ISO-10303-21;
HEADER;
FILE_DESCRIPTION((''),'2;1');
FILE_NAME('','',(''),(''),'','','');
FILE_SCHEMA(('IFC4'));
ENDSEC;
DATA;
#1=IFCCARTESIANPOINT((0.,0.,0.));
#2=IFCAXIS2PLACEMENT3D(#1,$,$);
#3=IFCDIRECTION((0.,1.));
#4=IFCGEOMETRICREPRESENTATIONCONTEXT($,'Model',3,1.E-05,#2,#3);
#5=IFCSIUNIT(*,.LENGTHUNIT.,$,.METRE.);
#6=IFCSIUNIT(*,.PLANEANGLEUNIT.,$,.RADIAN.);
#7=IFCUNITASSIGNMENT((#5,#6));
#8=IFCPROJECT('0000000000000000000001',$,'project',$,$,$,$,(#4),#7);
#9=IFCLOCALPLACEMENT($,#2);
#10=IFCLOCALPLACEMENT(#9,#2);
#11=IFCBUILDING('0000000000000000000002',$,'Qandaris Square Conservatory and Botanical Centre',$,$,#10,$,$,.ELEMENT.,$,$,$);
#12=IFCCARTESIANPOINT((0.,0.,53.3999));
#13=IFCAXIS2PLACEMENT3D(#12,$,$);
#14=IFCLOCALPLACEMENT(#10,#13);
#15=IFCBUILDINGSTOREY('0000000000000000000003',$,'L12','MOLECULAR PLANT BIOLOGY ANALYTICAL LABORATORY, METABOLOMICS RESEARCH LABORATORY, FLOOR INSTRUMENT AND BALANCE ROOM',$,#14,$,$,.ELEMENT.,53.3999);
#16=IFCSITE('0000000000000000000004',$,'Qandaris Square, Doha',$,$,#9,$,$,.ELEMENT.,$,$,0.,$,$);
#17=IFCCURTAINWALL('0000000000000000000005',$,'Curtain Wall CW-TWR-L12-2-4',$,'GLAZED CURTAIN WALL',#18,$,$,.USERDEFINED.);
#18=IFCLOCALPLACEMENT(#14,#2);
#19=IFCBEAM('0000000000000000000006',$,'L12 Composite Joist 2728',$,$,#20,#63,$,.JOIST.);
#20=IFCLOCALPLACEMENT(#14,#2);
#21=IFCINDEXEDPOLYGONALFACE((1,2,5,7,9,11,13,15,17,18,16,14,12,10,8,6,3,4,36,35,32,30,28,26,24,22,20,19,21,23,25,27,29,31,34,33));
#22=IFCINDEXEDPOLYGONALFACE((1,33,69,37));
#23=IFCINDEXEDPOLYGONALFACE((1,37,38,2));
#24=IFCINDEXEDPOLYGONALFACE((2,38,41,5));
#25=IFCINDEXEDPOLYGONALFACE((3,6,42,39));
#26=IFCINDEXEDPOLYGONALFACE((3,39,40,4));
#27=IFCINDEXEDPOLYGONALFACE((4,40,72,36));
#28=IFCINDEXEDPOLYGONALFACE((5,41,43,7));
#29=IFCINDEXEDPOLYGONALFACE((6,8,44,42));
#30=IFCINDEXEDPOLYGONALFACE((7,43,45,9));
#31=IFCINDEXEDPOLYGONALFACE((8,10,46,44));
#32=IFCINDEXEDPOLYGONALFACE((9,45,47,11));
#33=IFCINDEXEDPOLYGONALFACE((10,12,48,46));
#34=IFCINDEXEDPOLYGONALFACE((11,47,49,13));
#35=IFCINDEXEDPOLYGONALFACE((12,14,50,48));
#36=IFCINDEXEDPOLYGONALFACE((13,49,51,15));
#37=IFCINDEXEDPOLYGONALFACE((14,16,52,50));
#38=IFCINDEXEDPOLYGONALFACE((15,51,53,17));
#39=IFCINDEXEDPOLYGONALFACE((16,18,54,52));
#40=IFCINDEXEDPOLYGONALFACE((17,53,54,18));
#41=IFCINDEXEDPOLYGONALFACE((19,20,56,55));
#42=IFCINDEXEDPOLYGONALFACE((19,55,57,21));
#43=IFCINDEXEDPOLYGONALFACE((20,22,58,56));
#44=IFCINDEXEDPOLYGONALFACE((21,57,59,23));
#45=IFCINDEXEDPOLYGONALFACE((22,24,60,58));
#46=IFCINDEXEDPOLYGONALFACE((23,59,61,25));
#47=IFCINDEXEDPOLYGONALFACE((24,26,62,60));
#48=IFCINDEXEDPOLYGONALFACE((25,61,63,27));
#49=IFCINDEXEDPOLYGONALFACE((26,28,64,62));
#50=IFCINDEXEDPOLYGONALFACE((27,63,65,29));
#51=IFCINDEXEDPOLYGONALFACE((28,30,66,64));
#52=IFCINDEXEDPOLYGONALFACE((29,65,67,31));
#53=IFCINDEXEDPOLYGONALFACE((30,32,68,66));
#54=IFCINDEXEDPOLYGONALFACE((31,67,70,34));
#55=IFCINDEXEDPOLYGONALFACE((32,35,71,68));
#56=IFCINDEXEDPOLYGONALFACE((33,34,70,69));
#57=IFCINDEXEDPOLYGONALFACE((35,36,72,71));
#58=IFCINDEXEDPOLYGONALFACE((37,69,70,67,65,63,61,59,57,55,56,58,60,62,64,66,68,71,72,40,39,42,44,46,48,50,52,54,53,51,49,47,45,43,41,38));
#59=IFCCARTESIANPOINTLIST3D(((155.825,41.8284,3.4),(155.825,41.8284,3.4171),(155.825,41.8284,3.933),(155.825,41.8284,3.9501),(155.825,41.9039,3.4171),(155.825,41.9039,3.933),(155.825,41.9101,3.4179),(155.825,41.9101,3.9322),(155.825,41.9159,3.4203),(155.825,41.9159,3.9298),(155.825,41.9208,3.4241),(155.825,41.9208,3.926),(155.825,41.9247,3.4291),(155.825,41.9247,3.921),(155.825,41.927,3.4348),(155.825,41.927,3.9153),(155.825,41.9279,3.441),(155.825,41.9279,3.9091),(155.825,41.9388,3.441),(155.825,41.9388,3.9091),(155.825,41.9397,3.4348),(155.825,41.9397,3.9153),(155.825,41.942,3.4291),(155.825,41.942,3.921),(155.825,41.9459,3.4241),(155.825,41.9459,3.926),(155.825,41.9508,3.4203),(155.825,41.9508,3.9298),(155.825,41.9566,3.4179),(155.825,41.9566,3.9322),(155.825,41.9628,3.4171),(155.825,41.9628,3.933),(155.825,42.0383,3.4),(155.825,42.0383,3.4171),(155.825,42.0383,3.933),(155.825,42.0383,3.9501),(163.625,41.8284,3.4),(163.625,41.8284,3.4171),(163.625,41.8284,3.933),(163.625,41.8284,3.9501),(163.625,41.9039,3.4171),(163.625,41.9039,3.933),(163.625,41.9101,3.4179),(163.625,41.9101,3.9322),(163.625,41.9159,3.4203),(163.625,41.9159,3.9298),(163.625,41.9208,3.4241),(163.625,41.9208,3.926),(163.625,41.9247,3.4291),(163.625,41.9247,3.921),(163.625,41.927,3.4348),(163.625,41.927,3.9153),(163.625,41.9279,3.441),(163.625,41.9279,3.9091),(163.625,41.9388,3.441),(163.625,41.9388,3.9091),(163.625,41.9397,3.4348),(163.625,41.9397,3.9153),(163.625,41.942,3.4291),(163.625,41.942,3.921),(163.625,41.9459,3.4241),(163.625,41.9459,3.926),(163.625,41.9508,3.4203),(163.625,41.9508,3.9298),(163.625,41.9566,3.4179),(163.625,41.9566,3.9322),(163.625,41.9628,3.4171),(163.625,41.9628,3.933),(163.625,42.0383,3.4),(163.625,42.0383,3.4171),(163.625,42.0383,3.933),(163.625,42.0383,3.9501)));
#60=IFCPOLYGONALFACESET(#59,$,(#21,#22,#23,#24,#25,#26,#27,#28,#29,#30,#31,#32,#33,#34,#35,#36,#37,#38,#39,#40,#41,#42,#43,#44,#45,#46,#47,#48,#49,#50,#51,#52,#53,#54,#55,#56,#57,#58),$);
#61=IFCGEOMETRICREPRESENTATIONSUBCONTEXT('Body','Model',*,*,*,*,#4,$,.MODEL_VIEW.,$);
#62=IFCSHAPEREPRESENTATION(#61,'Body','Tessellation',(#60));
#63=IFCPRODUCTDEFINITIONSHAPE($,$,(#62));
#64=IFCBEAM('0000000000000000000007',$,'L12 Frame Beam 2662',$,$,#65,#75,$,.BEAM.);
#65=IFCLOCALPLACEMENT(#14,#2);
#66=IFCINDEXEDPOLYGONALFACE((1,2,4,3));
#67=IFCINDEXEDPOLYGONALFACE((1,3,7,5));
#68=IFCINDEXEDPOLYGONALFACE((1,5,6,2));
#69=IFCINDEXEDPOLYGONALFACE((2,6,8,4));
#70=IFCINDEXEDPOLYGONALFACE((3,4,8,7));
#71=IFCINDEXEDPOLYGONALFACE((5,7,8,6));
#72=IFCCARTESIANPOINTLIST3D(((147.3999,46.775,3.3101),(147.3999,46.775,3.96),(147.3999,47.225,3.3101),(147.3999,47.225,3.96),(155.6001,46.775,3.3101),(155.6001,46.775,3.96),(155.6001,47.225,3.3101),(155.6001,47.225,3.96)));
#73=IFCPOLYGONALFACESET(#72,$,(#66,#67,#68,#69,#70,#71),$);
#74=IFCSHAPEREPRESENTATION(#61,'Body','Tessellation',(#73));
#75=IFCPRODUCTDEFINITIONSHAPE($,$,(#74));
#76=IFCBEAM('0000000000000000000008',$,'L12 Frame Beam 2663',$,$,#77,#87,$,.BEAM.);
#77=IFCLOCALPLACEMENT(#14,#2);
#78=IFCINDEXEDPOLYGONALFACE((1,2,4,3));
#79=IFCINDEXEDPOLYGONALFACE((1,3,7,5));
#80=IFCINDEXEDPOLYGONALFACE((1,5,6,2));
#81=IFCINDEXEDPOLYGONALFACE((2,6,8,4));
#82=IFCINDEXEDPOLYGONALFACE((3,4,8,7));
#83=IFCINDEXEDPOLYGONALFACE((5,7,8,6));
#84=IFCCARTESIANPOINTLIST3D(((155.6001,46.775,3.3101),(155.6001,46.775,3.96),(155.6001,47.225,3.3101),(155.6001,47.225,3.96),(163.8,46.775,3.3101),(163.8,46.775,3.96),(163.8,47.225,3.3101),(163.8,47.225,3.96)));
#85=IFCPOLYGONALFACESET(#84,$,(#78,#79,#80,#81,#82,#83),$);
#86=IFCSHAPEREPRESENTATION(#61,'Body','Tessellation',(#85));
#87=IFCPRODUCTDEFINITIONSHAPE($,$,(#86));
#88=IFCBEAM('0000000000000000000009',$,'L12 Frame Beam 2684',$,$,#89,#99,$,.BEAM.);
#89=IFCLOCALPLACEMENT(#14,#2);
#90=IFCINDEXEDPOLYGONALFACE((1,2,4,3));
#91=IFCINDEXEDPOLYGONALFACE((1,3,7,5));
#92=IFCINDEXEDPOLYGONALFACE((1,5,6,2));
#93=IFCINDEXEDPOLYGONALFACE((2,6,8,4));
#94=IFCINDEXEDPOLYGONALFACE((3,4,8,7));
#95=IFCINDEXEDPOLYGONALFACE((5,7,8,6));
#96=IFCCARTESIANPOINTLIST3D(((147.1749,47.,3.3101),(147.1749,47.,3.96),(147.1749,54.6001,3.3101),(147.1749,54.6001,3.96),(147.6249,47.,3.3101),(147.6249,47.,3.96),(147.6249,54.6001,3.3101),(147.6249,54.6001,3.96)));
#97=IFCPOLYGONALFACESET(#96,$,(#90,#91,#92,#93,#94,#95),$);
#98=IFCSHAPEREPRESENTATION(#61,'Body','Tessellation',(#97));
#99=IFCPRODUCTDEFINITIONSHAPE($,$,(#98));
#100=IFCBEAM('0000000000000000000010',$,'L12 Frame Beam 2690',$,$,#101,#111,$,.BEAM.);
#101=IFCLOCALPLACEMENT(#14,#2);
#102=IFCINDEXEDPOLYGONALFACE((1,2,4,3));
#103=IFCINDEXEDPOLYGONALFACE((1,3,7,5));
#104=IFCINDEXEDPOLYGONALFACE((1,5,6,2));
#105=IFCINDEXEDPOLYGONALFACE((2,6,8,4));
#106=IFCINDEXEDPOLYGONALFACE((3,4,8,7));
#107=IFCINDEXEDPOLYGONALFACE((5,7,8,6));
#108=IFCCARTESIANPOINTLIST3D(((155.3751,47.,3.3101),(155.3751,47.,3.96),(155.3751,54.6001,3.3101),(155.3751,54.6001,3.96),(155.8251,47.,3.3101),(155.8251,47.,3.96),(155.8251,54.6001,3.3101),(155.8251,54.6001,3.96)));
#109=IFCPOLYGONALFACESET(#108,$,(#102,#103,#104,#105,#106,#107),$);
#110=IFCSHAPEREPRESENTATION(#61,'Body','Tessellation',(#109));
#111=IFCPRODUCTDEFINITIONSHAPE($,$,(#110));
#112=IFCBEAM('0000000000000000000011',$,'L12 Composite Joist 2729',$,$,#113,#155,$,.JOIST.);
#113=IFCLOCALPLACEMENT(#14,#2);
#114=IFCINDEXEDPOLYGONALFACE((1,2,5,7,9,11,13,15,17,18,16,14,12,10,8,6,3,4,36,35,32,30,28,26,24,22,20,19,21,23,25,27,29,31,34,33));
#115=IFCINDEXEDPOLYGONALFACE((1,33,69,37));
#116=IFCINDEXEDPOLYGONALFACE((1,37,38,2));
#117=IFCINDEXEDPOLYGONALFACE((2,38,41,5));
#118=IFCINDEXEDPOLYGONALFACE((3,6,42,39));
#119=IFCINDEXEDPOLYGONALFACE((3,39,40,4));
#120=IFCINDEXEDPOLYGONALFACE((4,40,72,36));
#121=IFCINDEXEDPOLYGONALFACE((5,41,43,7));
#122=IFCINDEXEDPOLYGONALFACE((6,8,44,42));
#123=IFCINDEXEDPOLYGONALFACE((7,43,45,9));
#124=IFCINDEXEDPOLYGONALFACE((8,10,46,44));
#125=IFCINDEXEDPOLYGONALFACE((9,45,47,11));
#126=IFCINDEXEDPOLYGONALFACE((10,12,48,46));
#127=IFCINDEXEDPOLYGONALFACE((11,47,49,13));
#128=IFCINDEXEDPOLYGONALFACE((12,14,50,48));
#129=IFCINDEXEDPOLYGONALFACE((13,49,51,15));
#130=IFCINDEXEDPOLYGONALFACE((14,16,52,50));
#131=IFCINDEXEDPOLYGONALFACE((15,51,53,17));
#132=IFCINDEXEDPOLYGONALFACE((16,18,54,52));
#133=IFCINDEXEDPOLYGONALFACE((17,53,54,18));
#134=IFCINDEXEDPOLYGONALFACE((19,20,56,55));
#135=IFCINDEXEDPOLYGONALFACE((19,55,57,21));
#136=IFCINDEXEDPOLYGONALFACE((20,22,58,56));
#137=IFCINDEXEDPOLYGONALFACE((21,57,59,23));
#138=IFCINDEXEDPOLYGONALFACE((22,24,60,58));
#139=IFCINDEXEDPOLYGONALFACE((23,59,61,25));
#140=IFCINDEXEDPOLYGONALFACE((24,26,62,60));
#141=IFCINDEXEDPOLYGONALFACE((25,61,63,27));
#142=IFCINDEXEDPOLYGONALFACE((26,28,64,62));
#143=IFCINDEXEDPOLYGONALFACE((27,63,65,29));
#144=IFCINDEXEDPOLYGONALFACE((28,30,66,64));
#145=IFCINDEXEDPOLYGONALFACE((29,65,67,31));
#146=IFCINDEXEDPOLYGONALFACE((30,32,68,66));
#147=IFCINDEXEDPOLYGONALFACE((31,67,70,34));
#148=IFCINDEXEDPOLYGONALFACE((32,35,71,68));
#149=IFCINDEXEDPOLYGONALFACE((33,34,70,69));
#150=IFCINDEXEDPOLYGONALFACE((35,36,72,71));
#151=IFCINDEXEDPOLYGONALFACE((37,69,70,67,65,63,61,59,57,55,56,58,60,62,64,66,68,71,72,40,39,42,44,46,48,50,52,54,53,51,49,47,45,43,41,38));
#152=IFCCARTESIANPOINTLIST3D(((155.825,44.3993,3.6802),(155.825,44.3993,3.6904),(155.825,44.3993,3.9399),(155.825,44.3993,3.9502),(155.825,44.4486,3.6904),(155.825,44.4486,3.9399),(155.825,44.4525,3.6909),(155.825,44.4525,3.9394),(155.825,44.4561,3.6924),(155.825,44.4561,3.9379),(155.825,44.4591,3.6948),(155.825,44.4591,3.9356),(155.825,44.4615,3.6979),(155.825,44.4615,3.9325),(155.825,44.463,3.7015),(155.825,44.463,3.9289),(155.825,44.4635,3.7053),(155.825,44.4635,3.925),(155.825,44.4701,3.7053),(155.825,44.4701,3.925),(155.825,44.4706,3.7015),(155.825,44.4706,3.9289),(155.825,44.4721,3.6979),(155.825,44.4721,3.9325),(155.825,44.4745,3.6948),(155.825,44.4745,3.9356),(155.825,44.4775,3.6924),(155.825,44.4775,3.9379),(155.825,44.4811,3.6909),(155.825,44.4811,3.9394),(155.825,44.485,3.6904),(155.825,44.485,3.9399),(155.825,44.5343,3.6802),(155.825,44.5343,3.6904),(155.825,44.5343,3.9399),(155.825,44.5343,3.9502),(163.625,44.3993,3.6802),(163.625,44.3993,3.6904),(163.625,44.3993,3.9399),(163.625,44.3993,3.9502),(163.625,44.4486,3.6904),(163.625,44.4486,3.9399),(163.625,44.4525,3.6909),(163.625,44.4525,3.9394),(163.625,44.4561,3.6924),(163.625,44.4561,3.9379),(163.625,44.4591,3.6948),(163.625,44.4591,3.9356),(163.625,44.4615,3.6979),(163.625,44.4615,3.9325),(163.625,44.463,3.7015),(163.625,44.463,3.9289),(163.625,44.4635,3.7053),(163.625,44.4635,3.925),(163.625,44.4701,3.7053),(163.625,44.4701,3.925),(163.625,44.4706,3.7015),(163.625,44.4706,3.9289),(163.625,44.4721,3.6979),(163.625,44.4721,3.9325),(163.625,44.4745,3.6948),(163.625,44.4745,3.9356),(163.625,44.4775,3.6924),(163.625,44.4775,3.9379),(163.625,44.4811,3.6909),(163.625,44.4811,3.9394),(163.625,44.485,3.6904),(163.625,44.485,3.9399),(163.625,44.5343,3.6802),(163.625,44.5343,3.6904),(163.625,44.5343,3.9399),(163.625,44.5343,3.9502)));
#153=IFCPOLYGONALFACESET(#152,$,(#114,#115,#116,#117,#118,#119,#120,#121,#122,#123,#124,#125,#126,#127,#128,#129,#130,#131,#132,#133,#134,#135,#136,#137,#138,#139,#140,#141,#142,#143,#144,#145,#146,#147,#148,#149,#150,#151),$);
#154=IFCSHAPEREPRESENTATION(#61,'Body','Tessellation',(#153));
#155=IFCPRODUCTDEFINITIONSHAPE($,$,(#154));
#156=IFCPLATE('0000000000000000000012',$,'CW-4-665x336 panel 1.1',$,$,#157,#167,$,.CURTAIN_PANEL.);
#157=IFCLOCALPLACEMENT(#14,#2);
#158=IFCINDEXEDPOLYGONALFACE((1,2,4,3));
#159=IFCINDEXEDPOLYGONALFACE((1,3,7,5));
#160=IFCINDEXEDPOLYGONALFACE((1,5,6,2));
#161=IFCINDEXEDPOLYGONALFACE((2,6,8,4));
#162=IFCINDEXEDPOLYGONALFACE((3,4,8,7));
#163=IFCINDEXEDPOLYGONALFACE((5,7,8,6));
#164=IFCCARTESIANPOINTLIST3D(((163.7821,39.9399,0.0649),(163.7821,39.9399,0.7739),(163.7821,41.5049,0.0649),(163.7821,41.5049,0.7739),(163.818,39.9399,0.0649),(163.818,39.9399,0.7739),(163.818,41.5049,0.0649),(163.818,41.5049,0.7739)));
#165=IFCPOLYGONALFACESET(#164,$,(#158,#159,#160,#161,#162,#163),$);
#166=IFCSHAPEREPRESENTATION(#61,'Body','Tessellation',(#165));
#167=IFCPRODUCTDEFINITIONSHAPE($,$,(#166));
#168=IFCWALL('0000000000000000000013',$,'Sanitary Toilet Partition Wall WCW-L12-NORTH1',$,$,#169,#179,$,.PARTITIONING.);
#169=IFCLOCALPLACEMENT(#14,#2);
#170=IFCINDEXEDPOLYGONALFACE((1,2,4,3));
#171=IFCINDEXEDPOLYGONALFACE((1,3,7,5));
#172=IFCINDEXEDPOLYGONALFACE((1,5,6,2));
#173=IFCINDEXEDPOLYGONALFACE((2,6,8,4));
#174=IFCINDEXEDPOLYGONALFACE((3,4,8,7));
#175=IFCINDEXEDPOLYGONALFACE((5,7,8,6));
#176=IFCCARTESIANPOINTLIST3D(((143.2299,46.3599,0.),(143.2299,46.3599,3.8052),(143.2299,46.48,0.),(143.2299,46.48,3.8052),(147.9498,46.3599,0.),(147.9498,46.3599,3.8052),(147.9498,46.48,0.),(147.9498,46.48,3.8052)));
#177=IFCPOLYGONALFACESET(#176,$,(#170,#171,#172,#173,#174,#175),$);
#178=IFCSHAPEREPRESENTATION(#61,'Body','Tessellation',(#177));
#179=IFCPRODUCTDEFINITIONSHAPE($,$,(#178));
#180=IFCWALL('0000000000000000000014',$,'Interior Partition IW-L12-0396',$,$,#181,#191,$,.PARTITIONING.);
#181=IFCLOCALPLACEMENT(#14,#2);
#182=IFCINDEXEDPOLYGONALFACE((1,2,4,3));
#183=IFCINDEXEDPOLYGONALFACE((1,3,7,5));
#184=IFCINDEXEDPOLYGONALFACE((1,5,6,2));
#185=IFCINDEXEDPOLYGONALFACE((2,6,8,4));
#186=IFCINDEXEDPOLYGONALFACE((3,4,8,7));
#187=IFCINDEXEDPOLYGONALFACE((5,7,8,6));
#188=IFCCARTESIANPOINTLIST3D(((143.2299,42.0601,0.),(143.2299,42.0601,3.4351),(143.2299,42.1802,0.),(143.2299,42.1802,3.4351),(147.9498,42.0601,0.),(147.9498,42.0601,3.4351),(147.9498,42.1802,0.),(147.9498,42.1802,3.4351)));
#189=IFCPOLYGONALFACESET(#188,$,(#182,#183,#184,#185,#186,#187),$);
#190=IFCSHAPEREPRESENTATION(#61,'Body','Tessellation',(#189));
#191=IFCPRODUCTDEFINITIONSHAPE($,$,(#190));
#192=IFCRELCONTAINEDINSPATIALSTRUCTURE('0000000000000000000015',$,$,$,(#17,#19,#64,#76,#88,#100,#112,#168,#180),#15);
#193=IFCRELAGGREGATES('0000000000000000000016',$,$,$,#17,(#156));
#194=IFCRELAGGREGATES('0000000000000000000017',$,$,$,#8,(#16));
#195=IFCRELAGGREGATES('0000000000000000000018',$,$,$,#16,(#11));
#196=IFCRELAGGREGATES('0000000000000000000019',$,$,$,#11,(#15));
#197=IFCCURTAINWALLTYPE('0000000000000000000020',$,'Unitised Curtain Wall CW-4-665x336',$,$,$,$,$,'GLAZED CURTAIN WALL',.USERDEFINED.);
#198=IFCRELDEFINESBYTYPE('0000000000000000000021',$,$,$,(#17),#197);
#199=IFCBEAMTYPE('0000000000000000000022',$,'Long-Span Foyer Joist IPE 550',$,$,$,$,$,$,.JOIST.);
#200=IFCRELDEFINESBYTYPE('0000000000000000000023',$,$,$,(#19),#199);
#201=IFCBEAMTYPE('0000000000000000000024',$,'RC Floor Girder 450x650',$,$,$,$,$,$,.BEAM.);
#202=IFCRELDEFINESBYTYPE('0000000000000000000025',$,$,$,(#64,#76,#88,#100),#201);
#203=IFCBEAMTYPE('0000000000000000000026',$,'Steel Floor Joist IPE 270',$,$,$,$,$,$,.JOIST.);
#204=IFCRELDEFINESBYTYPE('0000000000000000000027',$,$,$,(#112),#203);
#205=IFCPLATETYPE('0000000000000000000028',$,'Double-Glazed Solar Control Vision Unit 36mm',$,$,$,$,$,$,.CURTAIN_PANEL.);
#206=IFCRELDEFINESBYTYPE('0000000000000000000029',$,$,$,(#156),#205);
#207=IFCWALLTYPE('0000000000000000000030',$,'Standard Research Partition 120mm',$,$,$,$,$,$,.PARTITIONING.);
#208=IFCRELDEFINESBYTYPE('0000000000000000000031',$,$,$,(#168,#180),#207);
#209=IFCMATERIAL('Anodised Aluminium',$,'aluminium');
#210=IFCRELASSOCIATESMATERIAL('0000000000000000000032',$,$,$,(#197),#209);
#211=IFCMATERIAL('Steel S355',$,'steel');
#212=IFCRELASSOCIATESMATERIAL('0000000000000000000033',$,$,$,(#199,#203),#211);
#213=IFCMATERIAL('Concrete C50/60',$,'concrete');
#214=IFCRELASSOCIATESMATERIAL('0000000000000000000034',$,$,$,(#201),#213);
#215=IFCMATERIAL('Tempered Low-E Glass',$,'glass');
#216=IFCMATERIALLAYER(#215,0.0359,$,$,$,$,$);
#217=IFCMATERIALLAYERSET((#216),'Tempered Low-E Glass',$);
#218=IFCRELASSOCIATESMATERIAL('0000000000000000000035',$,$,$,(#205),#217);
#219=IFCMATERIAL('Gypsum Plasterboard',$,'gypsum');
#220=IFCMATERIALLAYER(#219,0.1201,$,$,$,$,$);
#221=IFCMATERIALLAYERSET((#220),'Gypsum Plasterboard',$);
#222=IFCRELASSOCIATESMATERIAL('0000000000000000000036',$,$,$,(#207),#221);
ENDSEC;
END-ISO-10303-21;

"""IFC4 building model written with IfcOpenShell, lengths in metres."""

from ifc_helpers import new_model, si_unit, direction, frame, frame_2d, origin, origin_2d, place, context, subcontext, project, spatial, rectangle, i_section, extrude, material, layer, layer_set, material_profile, profile_set, type_object, element, aggregate, save


model = new_model("IFC4")

# Units and contexts
model_context = context("Model", 3, precision=1e-05, world=origin(), true_north=direction((0.0, 1.0)))
body_context = subcontext(model_context, "Body", "Model", "MODEL_VIEW")
ifc_project = project(units=[si_unit("LENGTHUNIT", "METRE"), si_unit("PLANEANGLEUNIT", "RADIAN")], contexts=[model_context])

# Site, building, storey
site_placement = place(None, origin())
site = spatial("IfcSite", under=ifc_project, at=site_placement, Name="Qandaris Square, Doha", CompositionType="ELEMENT", RefElevation=0.0)
building_placement = place(site_placement, origin())
building = spatial("IfcBuilding", under=site, at=building_placement, Name="Qandaris Square Conservatory and Botanical Centre", CompositionType="ELEMENT")
storey_placement = place(building_placement, frame((0.0, 0.0, 53.3999)))
storey = spatial("IfcBuildingStorey", under=building, at=storey_placement, Name="L12", Description="MOLECULAR PLANT BIOLOGY ANALYTICAL LABORATORY, METABOLOMICS RESEARCH LABORATORY, FLOOR INSTRUMENT AND BALANCE ROOM", CompositionType="ELEMENT", Elevation=53.3999)

# Shared definitions
ifc_material_1 = material(Name="Concrete C50/60", Category="concrete")

# Shared definitions
ifc_material_2 = material(Name="Steel S355", Category="steel")

# Curtain wall
ifc_material_3 = material(Name="Anodised Aluminium", Category="aluminium")
curtain_wall_type = type_object("IfcCurtainWallType", Name="Unitised Curtain Wall CW-4-665x336", ElementType="GLAZED CURTAIN WALL", PredefinedType="USERDEFINED", material=ifc_material_3)
curtain_wall_placement = place(storey_placement, origin())
curtain_wall = element("IfcCurtainWall", 1, at=curtain_wall_placement, inside=storey, type_object=curtain_wall_type, Name="Curtain Wall CW-TWR-L12-2-4", ObjectType="GLAZED CURTAIN WALL", PredefinedType="USERDEFINED")

# Beams
ifc_material_profile_1 = material_profile(ifc_material_2, i_section(OverallWidth=0.21, OverallDepth=0.55, WebThickness=0.011, FlangeThickness=0.0171, FilletRadius=0.0239, at=origin_2d()), Name="IPE 550")
ifc_profile_set_1 = profile_set([ifc_material_profile_1], Name="Steel S355")
beam_type_1 = type_object("IfcBeamType", Name="Long-Span Foyer Joist IPE 550", PredefinedType="JOIST", material=ifc_profile_set_1)
beam_1_placement = place(storey_placement, frame((155.825, 41.9333, 3.675), z_axis=(1.0, 0.0, 0.0), x_axis=(0.0, 1.0, 0.0)))
element("IfcBeam", 2, at=beam_1_placement, inside=storey, type_object=beam_type_1, Name="L12 Composite Joist 2728", PredefinedType="JOIST", context=body_context, shape_type="SweptSolid", body=[
    extrude(i_section(OverallWidth=0.21, OverallDepth=0.55, WebThickness=0.011, FlangeThickness=0.0171, FilletRadius=0.0239, at=origin_2d()), origin(), (0.0, 0.0, 1.0), 7.8),
])
ifc_material_profile_2 = material_profile(ifc_material_1, rectangle(XDim=0.45, YDim=0.6499, at=origin_2d()), Name="RC-BM 450x650")
ifc_profile_set_2 = profile_set([ifc_material_profile_2], Name="Concrete C50/60")
beam_type_2 = type_object("IfcBeamType", Name="RC Floor Girder 450x650", PredefinedType="BEAM", material=ifc_profile_set_2)
beam_2_placement = place(storey_placement, frame((147.3999, 47.0, 3.635), z_axis=(1.0, 0.0, 0.0), x_axis=(0.0, 1.0, 0.0)))
element("IfcBeam", 3, at=beam_2_placement, inside=storey, type_object=beam_type_2, Name="L12 Frame Beam 2662", PredefinedType="BEAM", context=body_context, shape_type="SweptSolid", body=[
    extrude(rectangle(XDim=0.45, YDim=0.6499, at=origin_2d()), origin(), (0.0, 0.0, 1.0), 8.2002),
])
beam_3_placement = place(storey_placement, frame((155.6001, 47.0, 3.635), z_axis=(1.0, 0.0, 0.0), x_axis=(0.0, 1.0, 0.0)))
element("IfcBeam", 4, at=beam_3_placement, inside=storey, type_object=beam_type_2, Name="L12 Frame Beam 2663", PredefinedType="BEAM", context=body_context, shape_type="SweptSolid", body=[
    extrude(rectangle(XDim=0.45, YDim=0.6499, at=origin_2d()), origin(), (0.0, 0.0, 1.0), 8.2),
])
for number, where, z_axis, x_axis, name in (
    (5, (147.3999, 47.0, 3.635), (0.0, 1.0, 0.0), (-1.0, 0.0, 0.0), "L12 Frame Beam 2684"),
    (6, (155.6001, 47.0, 3.635), (0.0, 1.0, 0.0), (-1.0, 0.0, 0.0), "L12 Frame Beam 2690"),
):
    element("IfcBeam", number, at=place(storey_placement, frame(where, z_axis=z_axis, x_axis=x_axis)), inside=storey, type_object=beam_type_2, Name=name, PredefinedType="BEAM", context=body_context, shape_type="SweptSolid", body=[
        extrude(rectangle(XDim=0.45, YDim=0.6499, at=origin_2d()), origin(), (0.0, 0.0, 1.0), 7.6001),
    ])
ifc_material_profile_3 = material_profile(ifc_material_2, i_section(OverallWidth=0.135, OverallDepth=0.27, WebThickness=0.0066, FlangeThickness=0.0103, FilletRadius=0.0149, at=origin_2d()), Name="IPE 270")
ifc_profile_set_3 = profile_set([ifc_material_profile_3], Name="Steel S355")
beam_type_3 = type_object("IfcBeamType", Name="Steel Floor Joist IPE 270", PredefinedType="JOIST", material=ifc_profile_set_3)
beam_4_placement = place(storey_placement, frame((155.825, 44.4668, 3.8152), z_axis=(1.0, 0.0, 0.0), x_axis=(0.0, 1.0, 0.0)))
element("IfcBeam", 7, at=beam_4_placement, inside=storey, type_object=beam_type_3, Name="L12 Composite Joist 2729", PredefinedType="JOIST", context=body_context, shape_type="SweptSolid", body=[
    extrude(i_section(OverallWidth=0.135, OverallDepth=0.27, WebThickness=0.0066, FlangeThickness=0.0103, FilletRadius=0.0149, at=origin_2d()), origin(), (0.0, 0.0, 1.0), 7.8),
])

# Plate
ifc_material_4 = material(Name="Tempered Low-E Glass", Category="glass")
ifc_layer_1 = layer(ifc_material_4, 0.0359)
ifc_layer_set_1 = layer_set([ifc_layer_1], Name="Tempered Low-E Glass")
plate_type = type_object("IfcPlateType", Name="Double-Glazed Solar Control Vision Unit 36mm", PredefinedType="CURTAIN_PANEL", material=ifc_layer_set_1)
plate_placement = place(storey_placement, frame((163.8, 40.7224, 0.0649), z_axis=(0.0, 0.0, 1.0), x_axis=(0.0, 1.0, 0.0)))
plate = element("IfcPlate", 8, at=plate_placement, type_object=plate_type, Name="CW-4-665x336 panel 1.1", PredefinedType="CURTAIN_PANEL", context=body_context, shape_type="SweptSolid", body=[
    extrude(rectangle(XDim=1.5649, YDim=0.0359, at=origin_2d()), origin(), (0.0, 0.0, 1.0), 0.709),
])
aggregate(curtain_wall, [plate])

# Walls
ifc_material_5 = material(Name="Gypsum Plasterboard", Category="gypsum")
ifc_layer_2 = layer(ifc_material_5, 0.1201)
ifc_layer_set_2 = layer_set([ifc_layer_2], Name="Gypsum Plasterboard")
wall_type = type_object("IfcWallType", Name="Standard Research Partition 120mm", PredefinedType="PARTITIONING", material=ifc_layer_set_2)
wall_1_placement = place(storey_placement, frame((143.23, 46.4199, 0.0), z_axis=(0.0, 0.0, 1.0), x_axis=(1.0, 0.0, 0.0)))
element("IfcWall", 9, at=wall_1_placement, inside=storey, type_object=wall_type, Name="Sanitary Toilet Partition Wall WCW-L12-NORTH1", PredefinedType="PARTITIONING", context=body_context, shape_type="SweptSolid", body=[
    extrude(rectangle(XDim=4.72, YDim=0.1201, at=frame_2d((2.3599, 0.0))), origin(), (0.0, 0.0, 1.0), 3.8052),
])
wall_2_placement = place(storey_placement, frame((143.23, 42.1201, 0.0), z_axis=(0.0, 0.0, 1.0), x_axis=(1.0, 0.0, 0.0)))
element("IfcWall", 10, at=wall_2_placement, inside=storey, type_object=wall_type, Name="Interior Partition IW-L12-0396", PredefinedType="PARTITIONING", context=body_context, shape_type="SweptSolid", body=[
    extrude(rectangle(XDim=4.72, YDim=0.1201, at=frame_2d((2.3599, 0.0))), origin(), (0.0, 0.0, 1.0), 3.4351),
])

save(model, "model.ifc")
